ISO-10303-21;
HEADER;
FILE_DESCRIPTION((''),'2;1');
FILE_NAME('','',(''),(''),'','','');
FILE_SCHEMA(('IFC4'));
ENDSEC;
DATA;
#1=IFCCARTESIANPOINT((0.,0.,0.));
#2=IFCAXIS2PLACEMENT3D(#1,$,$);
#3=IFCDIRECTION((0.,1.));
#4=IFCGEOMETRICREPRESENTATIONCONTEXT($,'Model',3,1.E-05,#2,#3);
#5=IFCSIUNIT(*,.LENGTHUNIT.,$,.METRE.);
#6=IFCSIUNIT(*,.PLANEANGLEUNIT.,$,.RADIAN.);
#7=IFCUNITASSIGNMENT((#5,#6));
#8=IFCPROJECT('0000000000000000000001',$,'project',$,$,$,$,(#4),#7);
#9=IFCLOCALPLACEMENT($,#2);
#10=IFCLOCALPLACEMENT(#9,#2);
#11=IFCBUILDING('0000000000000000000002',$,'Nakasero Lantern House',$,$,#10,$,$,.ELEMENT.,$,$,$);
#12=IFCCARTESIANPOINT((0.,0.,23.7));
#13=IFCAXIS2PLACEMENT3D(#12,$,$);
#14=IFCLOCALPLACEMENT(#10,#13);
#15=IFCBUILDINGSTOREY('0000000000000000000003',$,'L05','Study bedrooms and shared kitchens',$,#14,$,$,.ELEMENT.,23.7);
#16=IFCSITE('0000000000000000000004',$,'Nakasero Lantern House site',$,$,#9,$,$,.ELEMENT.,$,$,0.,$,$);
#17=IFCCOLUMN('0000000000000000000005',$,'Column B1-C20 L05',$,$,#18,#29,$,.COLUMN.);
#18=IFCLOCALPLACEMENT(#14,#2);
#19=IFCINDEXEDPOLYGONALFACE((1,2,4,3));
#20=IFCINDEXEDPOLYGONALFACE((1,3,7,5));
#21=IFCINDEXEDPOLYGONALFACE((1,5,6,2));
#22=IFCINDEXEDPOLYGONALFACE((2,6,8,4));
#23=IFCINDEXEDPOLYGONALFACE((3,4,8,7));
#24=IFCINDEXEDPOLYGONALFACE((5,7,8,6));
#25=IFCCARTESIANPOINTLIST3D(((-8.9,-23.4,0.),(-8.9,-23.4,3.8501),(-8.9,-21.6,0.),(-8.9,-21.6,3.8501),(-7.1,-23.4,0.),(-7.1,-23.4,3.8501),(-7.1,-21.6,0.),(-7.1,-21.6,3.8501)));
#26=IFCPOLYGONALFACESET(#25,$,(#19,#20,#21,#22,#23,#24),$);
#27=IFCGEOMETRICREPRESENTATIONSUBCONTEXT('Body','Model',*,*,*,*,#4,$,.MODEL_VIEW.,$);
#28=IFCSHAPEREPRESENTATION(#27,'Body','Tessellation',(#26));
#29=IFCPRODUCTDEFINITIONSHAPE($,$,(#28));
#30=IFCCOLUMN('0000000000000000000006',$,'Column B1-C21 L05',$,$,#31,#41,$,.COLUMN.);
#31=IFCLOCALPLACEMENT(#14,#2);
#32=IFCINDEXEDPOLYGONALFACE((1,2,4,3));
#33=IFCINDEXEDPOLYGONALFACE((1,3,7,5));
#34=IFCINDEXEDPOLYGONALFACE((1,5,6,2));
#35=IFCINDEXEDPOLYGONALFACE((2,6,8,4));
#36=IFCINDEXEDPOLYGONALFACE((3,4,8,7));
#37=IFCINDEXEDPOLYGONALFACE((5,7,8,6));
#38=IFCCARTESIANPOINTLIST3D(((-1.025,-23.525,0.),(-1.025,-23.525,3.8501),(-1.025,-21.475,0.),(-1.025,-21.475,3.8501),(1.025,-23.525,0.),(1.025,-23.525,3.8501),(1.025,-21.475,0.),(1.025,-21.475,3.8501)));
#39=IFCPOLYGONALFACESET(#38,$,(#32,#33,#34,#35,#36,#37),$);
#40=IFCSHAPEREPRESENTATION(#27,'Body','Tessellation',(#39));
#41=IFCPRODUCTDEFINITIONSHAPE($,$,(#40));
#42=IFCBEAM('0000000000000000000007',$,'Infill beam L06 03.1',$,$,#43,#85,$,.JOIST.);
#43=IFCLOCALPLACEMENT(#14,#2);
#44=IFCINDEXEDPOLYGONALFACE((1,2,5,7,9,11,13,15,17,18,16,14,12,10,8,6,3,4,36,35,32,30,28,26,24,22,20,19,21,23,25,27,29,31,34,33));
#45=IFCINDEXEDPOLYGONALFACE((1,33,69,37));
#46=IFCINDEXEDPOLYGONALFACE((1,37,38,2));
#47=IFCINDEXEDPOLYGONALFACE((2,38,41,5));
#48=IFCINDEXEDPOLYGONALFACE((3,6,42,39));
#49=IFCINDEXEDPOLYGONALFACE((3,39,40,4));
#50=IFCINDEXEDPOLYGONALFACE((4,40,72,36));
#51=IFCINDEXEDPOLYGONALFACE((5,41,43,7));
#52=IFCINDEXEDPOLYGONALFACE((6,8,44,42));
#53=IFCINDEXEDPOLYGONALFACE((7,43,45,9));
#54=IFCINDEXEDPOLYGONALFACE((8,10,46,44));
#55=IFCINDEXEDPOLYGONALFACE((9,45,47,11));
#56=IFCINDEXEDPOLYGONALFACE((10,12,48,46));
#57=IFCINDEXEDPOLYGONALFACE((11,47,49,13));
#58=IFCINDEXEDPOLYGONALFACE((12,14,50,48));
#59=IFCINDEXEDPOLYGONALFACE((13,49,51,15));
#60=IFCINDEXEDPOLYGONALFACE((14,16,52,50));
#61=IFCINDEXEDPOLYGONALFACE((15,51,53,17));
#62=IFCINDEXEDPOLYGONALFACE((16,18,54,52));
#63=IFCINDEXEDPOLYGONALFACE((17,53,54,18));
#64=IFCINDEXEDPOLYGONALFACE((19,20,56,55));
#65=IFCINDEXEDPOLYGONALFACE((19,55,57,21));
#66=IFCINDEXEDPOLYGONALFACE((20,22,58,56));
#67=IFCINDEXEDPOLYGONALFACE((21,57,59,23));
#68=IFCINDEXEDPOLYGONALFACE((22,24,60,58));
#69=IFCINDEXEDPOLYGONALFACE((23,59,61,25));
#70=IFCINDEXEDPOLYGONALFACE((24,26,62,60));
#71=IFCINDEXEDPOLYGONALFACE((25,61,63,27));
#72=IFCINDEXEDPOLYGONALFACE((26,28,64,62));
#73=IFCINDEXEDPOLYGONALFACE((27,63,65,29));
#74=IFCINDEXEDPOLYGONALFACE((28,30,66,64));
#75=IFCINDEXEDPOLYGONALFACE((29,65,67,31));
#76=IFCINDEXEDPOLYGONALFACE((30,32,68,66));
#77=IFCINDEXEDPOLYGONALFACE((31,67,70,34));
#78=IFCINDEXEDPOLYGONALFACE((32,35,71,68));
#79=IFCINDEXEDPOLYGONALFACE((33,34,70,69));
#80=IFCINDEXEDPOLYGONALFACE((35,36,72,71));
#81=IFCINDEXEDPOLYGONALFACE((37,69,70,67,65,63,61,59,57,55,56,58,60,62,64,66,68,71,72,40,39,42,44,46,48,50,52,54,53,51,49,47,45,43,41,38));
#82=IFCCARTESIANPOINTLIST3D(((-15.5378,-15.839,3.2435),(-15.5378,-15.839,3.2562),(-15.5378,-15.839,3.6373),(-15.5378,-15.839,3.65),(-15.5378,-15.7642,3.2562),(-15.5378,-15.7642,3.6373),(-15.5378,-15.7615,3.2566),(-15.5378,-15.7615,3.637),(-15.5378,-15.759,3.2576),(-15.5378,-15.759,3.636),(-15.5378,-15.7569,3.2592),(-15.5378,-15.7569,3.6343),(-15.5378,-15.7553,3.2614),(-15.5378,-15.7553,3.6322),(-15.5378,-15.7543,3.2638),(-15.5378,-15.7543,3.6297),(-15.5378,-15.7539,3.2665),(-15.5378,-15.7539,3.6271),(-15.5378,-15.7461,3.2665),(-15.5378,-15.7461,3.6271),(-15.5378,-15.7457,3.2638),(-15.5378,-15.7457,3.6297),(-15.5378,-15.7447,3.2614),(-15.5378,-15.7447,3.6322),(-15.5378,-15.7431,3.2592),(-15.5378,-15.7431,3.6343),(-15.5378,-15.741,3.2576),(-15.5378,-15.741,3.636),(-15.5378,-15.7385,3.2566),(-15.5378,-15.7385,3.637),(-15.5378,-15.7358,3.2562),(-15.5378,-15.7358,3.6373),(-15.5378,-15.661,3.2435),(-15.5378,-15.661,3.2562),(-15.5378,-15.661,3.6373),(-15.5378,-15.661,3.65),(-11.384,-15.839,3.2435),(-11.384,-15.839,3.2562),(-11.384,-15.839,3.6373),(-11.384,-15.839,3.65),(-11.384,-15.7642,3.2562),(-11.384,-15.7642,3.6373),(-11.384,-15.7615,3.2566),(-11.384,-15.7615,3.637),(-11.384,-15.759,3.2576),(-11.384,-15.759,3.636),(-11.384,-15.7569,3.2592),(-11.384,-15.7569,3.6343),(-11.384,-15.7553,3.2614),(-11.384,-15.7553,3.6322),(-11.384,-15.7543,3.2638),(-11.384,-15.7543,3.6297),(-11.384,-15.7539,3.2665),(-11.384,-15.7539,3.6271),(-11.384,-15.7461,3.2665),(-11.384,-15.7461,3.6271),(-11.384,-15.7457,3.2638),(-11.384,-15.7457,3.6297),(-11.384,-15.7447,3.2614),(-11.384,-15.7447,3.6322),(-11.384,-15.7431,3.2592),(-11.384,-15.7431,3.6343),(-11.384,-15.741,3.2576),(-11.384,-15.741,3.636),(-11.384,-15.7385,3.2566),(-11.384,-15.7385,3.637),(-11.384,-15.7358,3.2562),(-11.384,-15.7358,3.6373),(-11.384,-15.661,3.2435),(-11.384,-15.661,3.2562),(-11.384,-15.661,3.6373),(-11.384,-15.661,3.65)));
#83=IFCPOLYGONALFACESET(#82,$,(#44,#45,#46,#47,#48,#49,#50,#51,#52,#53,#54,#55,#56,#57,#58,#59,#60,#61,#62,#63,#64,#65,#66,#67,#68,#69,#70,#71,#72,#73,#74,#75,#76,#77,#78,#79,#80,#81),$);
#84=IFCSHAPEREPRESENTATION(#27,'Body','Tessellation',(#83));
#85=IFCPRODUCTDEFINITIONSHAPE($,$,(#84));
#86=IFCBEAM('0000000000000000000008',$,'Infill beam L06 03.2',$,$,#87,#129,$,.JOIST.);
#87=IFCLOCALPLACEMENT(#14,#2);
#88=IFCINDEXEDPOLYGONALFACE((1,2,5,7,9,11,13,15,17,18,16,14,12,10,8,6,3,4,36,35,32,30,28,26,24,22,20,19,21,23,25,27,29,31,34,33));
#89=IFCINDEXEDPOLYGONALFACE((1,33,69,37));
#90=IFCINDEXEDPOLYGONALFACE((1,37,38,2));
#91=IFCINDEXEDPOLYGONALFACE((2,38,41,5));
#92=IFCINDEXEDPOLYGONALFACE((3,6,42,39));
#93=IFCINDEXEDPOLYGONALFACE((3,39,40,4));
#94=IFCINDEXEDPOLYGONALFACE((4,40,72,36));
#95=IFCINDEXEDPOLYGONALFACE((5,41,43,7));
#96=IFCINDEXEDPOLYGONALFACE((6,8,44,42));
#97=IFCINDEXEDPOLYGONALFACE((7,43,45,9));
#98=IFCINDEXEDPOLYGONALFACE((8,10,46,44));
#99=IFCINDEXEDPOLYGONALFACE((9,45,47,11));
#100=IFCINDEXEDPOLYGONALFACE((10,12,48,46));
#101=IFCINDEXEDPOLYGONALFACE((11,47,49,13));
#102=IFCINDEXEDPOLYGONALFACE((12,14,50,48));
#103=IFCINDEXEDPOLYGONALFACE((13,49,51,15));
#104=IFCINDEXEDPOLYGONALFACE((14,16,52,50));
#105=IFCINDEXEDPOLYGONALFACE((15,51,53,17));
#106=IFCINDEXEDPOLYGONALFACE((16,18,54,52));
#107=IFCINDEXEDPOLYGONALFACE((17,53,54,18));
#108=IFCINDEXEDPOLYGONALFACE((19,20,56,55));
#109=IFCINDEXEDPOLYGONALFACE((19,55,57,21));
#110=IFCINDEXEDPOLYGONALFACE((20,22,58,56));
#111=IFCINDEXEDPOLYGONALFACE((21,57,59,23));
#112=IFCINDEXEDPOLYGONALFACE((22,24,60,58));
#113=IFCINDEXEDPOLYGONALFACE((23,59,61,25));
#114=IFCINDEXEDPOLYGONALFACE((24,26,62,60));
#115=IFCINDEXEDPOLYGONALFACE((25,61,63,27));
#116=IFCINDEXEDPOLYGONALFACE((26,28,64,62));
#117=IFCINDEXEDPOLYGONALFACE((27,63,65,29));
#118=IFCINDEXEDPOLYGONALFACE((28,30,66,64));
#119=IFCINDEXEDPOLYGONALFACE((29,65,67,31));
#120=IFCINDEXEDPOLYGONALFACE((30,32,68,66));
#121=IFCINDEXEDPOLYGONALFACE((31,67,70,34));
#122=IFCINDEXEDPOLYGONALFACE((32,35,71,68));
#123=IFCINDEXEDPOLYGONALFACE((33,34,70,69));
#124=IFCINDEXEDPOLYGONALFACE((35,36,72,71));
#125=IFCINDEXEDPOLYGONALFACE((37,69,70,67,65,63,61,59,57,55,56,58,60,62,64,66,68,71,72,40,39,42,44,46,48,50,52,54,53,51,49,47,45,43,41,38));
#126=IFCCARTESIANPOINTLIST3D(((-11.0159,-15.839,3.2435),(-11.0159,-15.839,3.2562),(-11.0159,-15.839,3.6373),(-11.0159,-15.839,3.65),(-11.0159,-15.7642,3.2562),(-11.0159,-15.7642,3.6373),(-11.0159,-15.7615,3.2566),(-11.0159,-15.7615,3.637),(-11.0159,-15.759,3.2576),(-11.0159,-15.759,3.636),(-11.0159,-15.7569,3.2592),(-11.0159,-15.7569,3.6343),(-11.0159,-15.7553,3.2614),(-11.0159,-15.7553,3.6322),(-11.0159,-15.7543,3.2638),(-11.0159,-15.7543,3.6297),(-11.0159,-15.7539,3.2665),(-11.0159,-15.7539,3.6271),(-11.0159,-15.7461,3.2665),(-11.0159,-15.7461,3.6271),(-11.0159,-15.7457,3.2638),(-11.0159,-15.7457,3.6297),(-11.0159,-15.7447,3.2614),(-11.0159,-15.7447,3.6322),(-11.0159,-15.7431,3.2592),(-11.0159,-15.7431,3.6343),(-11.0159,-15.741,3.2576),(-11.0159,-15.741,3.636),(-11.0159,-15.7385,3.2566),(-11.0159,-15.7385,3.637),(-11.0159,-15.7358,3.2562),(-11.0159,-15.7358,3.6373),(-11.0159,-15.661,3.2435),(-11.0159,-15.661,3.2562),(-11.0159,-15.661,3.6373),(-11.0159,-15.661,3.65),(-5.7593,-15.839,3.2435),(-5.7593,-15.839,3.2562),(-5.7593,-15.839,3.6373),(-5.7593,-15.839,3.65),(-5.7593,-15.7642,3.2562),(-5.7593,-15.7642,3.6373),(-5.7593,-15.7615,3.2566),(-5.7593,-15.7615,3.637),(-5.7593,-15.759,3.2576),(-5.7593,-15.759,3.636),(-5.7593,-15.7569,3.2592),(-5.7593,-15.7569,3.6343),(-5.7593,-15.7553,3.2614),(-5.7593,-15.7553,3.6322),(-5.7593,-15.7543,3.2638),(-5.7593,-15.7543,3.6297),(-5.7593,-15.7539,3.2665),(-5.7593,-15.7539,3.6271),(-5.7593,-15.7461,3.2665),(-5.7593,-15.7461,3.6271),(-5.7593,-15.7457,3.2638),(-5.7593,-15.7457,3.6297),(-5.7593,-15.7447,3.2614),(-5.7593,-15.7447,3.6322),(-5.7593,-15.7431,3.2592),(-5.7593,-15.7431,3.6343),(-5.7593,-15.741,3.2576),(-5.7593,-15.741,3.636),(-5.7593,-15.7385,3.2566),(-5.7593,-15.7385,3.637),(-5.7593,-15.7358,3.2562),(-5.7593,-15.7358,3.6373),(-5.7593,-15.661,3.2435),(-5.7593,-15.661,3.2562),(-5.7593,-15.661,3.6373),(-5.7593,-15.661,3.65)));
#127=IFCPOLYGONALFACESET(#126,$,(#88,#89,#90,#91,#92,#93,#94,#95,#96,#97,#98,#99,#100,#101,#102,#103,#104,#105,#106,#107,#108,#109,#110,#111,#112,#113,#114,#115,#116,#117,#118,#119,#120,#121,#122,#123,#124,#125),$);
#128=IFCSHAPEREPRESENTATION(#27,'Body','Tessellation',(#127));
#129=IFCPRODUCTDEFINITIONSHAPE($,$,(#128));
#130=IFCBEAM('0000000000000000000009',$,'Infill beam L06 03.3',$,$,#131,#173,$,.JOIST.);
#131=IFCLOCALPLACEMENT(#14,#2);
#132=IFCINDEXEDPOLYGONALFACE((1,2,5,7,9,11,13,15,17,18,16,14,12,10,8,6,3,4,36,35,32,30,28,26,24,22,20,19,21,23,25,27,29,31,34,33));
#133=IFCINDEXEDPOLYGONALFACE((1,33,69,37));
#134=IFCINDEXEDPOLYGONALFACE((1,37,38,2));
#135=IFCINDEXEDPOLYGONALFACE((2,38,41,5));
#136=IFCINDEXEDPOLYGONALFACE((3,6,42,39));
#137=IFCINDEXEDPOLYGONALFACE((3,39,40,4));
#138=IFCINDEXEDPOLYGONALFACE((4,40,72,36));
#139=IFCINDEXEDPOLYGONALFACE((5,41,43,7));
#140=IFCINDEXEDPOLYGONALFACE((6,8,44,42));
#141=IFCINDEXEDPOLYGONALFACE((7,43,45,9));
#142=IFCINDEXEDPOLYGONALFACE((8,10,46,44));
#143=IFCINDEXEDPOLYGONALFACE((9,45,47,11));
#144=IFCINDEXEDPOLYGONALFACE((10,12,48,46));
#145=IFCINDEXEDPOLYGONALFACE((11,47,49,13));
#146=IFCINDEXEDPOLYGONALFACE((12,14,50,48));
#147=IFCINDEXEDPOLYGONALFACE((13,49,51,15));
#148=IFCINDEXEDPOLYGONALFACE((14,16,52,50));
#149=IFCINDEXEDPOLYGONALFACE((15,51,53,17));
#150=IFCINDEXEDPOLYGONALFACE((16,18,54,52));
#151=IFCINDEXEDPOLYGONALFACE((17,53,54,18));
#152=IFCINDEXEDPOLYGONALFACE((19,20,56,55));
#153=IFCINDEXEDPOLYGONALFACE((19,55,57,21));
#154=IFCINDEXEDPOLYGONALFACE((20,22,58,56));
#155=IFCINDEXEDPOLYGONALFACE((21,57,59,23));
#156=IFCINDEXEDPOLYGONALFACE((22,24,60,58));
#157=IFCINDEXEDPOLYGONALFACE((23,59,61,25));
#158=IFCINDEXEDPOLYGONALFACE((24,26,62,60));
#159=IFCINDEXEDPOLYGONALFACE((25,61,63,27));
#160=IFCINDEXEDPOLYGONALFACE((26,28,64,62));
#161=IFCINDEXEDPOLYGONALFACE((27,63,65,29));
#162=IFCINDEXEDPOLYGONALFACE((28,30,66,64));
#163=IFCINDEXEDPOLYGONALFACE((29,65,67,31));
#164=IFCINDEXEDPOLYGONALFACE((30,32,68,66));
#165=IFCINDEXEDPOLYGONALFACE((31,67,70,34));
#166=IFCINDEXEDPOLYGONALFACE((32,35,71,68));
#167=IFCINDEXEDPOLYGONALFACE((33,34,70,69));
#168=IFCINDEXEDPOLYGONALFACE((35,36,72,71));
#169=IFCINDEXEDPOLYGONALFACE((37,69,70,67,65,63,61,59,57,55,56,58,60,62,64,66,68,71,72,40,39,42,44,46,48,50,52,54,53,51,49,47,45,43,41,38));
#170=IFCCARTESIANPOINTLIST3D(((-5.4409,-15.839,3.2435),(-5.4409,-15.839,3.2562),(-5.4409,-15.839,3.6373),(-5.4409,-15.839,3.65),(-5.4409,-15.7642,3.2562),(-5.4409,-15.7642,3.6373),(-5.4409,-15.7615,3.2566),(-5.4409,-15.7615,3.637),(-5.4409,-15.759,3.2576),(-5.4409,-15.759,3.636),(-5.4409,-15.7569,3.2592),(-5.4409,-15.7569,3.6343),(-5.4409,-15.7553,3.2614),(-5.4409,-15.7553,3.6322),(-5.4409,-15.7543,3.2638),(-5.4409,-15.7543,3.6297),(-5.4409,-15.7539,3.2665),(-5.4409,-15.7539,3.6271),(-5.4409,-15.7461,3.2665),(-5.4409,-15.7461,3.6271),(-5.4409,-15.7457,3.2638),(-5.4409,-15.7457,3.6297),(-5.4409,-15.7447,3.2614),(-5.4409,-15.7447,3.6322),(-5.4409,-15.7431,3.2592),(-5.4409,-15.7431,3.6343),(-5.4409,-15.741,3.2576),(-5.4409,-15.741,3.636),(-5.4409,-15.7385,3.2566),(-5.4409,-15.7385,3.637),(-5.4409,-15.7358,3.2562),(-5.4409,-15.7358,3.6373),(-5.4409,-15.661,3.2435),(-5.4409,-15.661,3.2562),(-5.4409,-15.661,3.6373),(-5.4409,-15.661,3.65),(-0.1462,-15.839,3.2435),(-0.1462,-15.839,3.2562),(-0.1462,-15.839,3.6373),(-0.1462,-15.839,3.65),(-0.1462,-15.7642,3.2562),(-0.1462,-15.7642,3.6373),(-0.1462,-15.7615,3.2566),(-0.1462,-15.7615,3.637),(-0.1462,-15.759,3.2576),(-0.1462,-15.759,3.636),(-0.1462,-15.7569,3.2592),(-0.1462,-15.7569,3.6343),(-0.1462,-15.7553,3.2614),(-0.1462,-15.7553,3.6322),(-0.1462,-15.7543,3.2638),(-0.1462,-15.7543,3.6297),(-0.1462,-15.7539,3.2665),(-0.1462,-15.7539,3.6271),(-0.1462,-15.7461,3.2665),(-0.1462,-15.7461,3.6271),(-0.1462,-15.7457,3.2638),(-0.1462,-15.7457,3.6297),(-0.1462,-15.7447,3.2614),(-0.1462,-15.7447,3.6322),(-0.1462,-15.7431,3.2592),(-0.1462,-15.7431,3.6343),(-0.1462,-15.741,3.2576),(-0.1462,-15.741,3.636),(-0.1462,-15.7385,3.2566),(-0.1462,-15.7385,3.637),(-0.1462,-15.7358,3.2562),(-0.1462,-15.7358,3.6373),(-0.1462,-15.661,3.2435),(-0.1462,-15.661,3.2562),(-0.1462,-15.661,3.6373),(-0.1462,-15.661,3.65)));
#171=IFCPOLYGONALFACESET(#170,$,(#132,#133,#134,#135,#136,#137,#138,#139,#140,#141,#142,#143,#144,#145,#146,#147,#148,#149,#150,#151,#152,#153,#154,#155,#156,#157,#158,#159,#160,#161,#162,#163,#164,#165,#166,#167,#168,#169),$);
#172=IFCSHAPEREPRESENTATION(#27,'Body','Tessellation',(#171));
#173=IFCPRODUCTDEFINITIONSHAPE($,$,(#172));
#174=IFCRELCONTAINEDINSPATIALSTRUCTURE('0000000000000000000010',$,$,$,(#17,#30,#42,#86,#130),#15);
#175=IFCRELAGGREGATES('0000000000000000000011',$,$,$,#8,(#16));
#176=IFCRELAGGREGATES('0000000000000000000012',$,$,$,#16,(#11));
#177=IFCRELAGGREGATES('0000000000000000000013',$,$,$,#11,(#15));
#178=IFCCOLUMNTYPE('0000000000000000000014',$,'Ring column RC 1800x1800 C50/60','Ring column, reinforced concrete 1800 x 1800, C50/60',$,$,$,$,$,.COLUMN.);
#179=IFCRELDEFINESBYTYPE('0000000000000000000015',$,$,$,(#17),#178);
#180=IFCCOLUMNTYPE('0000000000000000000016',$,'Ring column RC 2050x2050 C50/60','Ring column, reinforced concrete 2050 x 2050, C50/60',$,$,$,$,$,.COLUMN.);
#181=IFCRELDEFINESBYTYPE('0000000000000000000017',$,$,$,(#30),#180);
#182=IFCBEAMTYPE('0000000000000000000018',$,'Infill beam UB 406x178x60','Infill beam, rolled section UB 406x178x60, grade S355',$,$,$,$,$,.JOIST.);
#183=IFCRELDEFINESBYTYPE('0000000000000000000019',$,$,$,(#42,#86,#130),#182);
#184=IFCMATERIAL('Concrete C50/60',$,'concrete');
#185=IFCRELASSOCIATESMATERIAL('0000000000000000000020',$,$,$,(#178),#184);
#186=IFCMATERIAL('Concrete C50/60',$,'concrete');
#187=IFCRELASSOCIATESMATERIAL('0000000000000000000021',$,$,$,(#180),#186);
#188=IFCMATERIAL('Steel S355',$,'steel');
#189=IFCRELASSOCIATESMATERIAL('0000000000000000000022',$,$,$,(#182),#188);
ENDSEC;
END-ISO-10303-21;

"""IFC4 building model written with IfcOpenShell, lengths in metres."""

from ifc_helpers import new_model, si_unit, direction, frame, origin, origin_2d, place, context, subcontext, project, spatial, rectangle, i_section, extrude, material, material_profile, profile_set, type_object, element, save


model = new_model("IFC4")

# Units and contexts
model_context = context("Model", 3, precision=1e-05, world=origin(), true_north=direction((0.0, 1.0)))
body_context = subcontext(model_context, "Body", "Model", "MODEL_VIEW")
ifc_project = project(units=[si_unit("LENGTHUNIT", "METRE"), si_unit("PLANEANGLEUNIT", "RADIAN")], contexts=[model_context])

# Site, building, storey
site_placement = place(None, origin())
site = spatial("IfcSite", under=ifc_project, at=site_placement, Name="Nakasero Lantern House site", CompositionType="ELEMENT", RefElevation=0.0)
building_placement = place(site_placement, origin())
building = spatial("IfcBuilding", under=site, at=building_placement, Name="Nakasero Lantern House", CompositionType="ELEMENT")
storey_placement = place(building_placement, frame((0.0, 0.0, 23.7)))
storey = spatial("IfcBuildingStorey", under=building, at=storey_placement, Name="L05", Description="Study bedrooms and shared kitchens", CompositionType="ELEMENT", Elevation=23.7)

# Columns
ifc_material_1 = material(Name="Concrete C50/60", Category="concrete")
ifc_material_profile_1 = material_profile(ifc_material_1, rectangle(XDim=1.8, YDim=1.8, at=origin_2d()), Name="RC 1800x1800")
ifc_profile_set_1 = profile_set([ifc_material_profile_1], Name="Concrete C50/60")
column_type_1 = type_object("IfcColumnType", Name="Ring column RC 1800x1800 C50/60", Description="Ring column, reinforced concrete 1800 x 1800, C50/60", PredefinedType="COLUMN", material=ifc_profile_set_1)
column_1_placement = place(storey_placement, frame((-8.0, -22.5, 0.0), z_axis=(0.0, 0.0, 1.0), x_axis=(1.0, 0.0, 0.0)))
element("IfcColumn", 1, at=column_1_placement, inside=storey, type_object=column_type_1, Name="Column B1-C20 L05", PredefinedType="COLUMN", context=body_context, shape_type="SweptSolid", body=[
    extrude(rectangle(XDim=1.8, YDim=1.8, at=origin_2d()), origin(), (0.0, 0.0, 1.0), 3.8501),
])
ifc_material_2 = material(Name="Concrete C50/60", Category="concrete")
ifc_material_profile_2 = material_profile(ifc_material_2, rectangle(XDim=2.05, YDim=2.05, at=origin_2d()), Name="RC 2050x2050")
ifc_profile_set_2 = profile_set([ifc_material_profile_2], Name="Concrete C50/60")
column_type_2 = type_object("IfcColumnType", Name="Ring column RC 2050x2050 C50/60", Description="Ring column, reinforced concrete 2050 x 2050, C50/60", PredefinedType="COLUMN", material=ifc_profile_set_2)
column_2_placement = place(storey_placement, frame((0.0, -22.5, 0.0), z_axis=(0.0, 0.0, 1.0), x_axis=(1.0, 0.0, 0.0)))
element("IfcColumn", 2, at=column_2_placement, inside=storey, type_object=column_type_2, Name="Column B1-C21 L05", PredefinedType="COLUMN", context=body_context, shape_type="SweptSolid", body=[
    extrude(rectangle(XDim=2.05, YDim=2.05, at=origin_2d()), origin(), (0.0, 0.0, 1.0), 3.8501),
])

# Beams
ifc_material_3 = material(Name="Steel S355", Category="steel")
ifc_material_profile_3 = material_profile(ifc_material_3, i_section(OverallWidth=0.178, OverallDepth=0.4065, WebThickness=0.0078, FlangeThickness=0.0127, FilletRadius=0.0103, at=origin_2d()), Name="UB 406x178x60")
ifc_profile_set_3 = profile_set([ifc_material_profile_3], Name="Steel S355")
beam_type_1 = type_object("IfcBeamType", Name="Infill beam UB 406x178x60", Description="Infill beam, rolled section UB 406x178x60, grade S355", PredefinedType="JOIST", material=ifc_profile_set_3)
beam_1_placement = place(storey_placement, frame((-15.5378, -15.75, 3.4468), z_axis=(1.0, 0.0, 0.0), x_axis=(0.0, 1.0, 0.0)))
element("IfcBeam", 3, at=beam_1_placement, inside=storey, type_object=beam_type_1, Name="Infill beam L06 03.1", PredefinedType="JOIST", context=body_context, shape_type="SweptSolid", body=[
    extrude(i_section(OverallWidth=0.178, OverallDepth=0.4065, WebThickness=0.0078, FlangeThickness=0.0127, FilletRadius=0.0103, at=origin_2d()), origin(), (0.0, 0.0, 1.0), 4.1538),
])
beam_2_placement = place(storey_placement, frame((-11.0159, -15.75, 3.4468), z_axis=(1.0, 0.0, 0.0), x_axis=(0.0, 1.0, 0.0)))
element("IfcBeam", 4, at=beam_2_placement, inside=storey, type_object=beam_type_1, Name="Infill beam L06 03.2", PredefinedType="JOIST", context=body_context, shape_type="SweptSolid", body=[
    extrude(i_section(OverallWidth=0.178, OverallDepth=0.4065, WebThickness=0.0078, FlangeThickness=0.0127, FilletRadius=0.0103, at=origin_2d()), origin(), (0.0, 0.0, 1.0), 5.2566),
])
beam_3_placement = place(storey_placement, frame((-5.4409, -15.75, 3.4468), z_axis=(1.0, 0.0, 0.0), x_axis=(0.0, 1.0, 0.0)))
element("IfcBeam", 5, at=beam_3_placement, inside=storey, type_object=beam_type_1, Name="Infill beam L06 03.3", PredefinedType="JOIST", context=body_context, shape_type="SweptSolid", body=[
    extrude(i_section(OverallWidth=0.178, OverallDepth=0.4065, WebThickness=0.0078, FlangeThickness=0.0127, FilletRadius=0.0103, at=origin_2d()), origin(), (0.0, 0.0, 1.0), 5.2947),
])

save(model, "model.ifc")
